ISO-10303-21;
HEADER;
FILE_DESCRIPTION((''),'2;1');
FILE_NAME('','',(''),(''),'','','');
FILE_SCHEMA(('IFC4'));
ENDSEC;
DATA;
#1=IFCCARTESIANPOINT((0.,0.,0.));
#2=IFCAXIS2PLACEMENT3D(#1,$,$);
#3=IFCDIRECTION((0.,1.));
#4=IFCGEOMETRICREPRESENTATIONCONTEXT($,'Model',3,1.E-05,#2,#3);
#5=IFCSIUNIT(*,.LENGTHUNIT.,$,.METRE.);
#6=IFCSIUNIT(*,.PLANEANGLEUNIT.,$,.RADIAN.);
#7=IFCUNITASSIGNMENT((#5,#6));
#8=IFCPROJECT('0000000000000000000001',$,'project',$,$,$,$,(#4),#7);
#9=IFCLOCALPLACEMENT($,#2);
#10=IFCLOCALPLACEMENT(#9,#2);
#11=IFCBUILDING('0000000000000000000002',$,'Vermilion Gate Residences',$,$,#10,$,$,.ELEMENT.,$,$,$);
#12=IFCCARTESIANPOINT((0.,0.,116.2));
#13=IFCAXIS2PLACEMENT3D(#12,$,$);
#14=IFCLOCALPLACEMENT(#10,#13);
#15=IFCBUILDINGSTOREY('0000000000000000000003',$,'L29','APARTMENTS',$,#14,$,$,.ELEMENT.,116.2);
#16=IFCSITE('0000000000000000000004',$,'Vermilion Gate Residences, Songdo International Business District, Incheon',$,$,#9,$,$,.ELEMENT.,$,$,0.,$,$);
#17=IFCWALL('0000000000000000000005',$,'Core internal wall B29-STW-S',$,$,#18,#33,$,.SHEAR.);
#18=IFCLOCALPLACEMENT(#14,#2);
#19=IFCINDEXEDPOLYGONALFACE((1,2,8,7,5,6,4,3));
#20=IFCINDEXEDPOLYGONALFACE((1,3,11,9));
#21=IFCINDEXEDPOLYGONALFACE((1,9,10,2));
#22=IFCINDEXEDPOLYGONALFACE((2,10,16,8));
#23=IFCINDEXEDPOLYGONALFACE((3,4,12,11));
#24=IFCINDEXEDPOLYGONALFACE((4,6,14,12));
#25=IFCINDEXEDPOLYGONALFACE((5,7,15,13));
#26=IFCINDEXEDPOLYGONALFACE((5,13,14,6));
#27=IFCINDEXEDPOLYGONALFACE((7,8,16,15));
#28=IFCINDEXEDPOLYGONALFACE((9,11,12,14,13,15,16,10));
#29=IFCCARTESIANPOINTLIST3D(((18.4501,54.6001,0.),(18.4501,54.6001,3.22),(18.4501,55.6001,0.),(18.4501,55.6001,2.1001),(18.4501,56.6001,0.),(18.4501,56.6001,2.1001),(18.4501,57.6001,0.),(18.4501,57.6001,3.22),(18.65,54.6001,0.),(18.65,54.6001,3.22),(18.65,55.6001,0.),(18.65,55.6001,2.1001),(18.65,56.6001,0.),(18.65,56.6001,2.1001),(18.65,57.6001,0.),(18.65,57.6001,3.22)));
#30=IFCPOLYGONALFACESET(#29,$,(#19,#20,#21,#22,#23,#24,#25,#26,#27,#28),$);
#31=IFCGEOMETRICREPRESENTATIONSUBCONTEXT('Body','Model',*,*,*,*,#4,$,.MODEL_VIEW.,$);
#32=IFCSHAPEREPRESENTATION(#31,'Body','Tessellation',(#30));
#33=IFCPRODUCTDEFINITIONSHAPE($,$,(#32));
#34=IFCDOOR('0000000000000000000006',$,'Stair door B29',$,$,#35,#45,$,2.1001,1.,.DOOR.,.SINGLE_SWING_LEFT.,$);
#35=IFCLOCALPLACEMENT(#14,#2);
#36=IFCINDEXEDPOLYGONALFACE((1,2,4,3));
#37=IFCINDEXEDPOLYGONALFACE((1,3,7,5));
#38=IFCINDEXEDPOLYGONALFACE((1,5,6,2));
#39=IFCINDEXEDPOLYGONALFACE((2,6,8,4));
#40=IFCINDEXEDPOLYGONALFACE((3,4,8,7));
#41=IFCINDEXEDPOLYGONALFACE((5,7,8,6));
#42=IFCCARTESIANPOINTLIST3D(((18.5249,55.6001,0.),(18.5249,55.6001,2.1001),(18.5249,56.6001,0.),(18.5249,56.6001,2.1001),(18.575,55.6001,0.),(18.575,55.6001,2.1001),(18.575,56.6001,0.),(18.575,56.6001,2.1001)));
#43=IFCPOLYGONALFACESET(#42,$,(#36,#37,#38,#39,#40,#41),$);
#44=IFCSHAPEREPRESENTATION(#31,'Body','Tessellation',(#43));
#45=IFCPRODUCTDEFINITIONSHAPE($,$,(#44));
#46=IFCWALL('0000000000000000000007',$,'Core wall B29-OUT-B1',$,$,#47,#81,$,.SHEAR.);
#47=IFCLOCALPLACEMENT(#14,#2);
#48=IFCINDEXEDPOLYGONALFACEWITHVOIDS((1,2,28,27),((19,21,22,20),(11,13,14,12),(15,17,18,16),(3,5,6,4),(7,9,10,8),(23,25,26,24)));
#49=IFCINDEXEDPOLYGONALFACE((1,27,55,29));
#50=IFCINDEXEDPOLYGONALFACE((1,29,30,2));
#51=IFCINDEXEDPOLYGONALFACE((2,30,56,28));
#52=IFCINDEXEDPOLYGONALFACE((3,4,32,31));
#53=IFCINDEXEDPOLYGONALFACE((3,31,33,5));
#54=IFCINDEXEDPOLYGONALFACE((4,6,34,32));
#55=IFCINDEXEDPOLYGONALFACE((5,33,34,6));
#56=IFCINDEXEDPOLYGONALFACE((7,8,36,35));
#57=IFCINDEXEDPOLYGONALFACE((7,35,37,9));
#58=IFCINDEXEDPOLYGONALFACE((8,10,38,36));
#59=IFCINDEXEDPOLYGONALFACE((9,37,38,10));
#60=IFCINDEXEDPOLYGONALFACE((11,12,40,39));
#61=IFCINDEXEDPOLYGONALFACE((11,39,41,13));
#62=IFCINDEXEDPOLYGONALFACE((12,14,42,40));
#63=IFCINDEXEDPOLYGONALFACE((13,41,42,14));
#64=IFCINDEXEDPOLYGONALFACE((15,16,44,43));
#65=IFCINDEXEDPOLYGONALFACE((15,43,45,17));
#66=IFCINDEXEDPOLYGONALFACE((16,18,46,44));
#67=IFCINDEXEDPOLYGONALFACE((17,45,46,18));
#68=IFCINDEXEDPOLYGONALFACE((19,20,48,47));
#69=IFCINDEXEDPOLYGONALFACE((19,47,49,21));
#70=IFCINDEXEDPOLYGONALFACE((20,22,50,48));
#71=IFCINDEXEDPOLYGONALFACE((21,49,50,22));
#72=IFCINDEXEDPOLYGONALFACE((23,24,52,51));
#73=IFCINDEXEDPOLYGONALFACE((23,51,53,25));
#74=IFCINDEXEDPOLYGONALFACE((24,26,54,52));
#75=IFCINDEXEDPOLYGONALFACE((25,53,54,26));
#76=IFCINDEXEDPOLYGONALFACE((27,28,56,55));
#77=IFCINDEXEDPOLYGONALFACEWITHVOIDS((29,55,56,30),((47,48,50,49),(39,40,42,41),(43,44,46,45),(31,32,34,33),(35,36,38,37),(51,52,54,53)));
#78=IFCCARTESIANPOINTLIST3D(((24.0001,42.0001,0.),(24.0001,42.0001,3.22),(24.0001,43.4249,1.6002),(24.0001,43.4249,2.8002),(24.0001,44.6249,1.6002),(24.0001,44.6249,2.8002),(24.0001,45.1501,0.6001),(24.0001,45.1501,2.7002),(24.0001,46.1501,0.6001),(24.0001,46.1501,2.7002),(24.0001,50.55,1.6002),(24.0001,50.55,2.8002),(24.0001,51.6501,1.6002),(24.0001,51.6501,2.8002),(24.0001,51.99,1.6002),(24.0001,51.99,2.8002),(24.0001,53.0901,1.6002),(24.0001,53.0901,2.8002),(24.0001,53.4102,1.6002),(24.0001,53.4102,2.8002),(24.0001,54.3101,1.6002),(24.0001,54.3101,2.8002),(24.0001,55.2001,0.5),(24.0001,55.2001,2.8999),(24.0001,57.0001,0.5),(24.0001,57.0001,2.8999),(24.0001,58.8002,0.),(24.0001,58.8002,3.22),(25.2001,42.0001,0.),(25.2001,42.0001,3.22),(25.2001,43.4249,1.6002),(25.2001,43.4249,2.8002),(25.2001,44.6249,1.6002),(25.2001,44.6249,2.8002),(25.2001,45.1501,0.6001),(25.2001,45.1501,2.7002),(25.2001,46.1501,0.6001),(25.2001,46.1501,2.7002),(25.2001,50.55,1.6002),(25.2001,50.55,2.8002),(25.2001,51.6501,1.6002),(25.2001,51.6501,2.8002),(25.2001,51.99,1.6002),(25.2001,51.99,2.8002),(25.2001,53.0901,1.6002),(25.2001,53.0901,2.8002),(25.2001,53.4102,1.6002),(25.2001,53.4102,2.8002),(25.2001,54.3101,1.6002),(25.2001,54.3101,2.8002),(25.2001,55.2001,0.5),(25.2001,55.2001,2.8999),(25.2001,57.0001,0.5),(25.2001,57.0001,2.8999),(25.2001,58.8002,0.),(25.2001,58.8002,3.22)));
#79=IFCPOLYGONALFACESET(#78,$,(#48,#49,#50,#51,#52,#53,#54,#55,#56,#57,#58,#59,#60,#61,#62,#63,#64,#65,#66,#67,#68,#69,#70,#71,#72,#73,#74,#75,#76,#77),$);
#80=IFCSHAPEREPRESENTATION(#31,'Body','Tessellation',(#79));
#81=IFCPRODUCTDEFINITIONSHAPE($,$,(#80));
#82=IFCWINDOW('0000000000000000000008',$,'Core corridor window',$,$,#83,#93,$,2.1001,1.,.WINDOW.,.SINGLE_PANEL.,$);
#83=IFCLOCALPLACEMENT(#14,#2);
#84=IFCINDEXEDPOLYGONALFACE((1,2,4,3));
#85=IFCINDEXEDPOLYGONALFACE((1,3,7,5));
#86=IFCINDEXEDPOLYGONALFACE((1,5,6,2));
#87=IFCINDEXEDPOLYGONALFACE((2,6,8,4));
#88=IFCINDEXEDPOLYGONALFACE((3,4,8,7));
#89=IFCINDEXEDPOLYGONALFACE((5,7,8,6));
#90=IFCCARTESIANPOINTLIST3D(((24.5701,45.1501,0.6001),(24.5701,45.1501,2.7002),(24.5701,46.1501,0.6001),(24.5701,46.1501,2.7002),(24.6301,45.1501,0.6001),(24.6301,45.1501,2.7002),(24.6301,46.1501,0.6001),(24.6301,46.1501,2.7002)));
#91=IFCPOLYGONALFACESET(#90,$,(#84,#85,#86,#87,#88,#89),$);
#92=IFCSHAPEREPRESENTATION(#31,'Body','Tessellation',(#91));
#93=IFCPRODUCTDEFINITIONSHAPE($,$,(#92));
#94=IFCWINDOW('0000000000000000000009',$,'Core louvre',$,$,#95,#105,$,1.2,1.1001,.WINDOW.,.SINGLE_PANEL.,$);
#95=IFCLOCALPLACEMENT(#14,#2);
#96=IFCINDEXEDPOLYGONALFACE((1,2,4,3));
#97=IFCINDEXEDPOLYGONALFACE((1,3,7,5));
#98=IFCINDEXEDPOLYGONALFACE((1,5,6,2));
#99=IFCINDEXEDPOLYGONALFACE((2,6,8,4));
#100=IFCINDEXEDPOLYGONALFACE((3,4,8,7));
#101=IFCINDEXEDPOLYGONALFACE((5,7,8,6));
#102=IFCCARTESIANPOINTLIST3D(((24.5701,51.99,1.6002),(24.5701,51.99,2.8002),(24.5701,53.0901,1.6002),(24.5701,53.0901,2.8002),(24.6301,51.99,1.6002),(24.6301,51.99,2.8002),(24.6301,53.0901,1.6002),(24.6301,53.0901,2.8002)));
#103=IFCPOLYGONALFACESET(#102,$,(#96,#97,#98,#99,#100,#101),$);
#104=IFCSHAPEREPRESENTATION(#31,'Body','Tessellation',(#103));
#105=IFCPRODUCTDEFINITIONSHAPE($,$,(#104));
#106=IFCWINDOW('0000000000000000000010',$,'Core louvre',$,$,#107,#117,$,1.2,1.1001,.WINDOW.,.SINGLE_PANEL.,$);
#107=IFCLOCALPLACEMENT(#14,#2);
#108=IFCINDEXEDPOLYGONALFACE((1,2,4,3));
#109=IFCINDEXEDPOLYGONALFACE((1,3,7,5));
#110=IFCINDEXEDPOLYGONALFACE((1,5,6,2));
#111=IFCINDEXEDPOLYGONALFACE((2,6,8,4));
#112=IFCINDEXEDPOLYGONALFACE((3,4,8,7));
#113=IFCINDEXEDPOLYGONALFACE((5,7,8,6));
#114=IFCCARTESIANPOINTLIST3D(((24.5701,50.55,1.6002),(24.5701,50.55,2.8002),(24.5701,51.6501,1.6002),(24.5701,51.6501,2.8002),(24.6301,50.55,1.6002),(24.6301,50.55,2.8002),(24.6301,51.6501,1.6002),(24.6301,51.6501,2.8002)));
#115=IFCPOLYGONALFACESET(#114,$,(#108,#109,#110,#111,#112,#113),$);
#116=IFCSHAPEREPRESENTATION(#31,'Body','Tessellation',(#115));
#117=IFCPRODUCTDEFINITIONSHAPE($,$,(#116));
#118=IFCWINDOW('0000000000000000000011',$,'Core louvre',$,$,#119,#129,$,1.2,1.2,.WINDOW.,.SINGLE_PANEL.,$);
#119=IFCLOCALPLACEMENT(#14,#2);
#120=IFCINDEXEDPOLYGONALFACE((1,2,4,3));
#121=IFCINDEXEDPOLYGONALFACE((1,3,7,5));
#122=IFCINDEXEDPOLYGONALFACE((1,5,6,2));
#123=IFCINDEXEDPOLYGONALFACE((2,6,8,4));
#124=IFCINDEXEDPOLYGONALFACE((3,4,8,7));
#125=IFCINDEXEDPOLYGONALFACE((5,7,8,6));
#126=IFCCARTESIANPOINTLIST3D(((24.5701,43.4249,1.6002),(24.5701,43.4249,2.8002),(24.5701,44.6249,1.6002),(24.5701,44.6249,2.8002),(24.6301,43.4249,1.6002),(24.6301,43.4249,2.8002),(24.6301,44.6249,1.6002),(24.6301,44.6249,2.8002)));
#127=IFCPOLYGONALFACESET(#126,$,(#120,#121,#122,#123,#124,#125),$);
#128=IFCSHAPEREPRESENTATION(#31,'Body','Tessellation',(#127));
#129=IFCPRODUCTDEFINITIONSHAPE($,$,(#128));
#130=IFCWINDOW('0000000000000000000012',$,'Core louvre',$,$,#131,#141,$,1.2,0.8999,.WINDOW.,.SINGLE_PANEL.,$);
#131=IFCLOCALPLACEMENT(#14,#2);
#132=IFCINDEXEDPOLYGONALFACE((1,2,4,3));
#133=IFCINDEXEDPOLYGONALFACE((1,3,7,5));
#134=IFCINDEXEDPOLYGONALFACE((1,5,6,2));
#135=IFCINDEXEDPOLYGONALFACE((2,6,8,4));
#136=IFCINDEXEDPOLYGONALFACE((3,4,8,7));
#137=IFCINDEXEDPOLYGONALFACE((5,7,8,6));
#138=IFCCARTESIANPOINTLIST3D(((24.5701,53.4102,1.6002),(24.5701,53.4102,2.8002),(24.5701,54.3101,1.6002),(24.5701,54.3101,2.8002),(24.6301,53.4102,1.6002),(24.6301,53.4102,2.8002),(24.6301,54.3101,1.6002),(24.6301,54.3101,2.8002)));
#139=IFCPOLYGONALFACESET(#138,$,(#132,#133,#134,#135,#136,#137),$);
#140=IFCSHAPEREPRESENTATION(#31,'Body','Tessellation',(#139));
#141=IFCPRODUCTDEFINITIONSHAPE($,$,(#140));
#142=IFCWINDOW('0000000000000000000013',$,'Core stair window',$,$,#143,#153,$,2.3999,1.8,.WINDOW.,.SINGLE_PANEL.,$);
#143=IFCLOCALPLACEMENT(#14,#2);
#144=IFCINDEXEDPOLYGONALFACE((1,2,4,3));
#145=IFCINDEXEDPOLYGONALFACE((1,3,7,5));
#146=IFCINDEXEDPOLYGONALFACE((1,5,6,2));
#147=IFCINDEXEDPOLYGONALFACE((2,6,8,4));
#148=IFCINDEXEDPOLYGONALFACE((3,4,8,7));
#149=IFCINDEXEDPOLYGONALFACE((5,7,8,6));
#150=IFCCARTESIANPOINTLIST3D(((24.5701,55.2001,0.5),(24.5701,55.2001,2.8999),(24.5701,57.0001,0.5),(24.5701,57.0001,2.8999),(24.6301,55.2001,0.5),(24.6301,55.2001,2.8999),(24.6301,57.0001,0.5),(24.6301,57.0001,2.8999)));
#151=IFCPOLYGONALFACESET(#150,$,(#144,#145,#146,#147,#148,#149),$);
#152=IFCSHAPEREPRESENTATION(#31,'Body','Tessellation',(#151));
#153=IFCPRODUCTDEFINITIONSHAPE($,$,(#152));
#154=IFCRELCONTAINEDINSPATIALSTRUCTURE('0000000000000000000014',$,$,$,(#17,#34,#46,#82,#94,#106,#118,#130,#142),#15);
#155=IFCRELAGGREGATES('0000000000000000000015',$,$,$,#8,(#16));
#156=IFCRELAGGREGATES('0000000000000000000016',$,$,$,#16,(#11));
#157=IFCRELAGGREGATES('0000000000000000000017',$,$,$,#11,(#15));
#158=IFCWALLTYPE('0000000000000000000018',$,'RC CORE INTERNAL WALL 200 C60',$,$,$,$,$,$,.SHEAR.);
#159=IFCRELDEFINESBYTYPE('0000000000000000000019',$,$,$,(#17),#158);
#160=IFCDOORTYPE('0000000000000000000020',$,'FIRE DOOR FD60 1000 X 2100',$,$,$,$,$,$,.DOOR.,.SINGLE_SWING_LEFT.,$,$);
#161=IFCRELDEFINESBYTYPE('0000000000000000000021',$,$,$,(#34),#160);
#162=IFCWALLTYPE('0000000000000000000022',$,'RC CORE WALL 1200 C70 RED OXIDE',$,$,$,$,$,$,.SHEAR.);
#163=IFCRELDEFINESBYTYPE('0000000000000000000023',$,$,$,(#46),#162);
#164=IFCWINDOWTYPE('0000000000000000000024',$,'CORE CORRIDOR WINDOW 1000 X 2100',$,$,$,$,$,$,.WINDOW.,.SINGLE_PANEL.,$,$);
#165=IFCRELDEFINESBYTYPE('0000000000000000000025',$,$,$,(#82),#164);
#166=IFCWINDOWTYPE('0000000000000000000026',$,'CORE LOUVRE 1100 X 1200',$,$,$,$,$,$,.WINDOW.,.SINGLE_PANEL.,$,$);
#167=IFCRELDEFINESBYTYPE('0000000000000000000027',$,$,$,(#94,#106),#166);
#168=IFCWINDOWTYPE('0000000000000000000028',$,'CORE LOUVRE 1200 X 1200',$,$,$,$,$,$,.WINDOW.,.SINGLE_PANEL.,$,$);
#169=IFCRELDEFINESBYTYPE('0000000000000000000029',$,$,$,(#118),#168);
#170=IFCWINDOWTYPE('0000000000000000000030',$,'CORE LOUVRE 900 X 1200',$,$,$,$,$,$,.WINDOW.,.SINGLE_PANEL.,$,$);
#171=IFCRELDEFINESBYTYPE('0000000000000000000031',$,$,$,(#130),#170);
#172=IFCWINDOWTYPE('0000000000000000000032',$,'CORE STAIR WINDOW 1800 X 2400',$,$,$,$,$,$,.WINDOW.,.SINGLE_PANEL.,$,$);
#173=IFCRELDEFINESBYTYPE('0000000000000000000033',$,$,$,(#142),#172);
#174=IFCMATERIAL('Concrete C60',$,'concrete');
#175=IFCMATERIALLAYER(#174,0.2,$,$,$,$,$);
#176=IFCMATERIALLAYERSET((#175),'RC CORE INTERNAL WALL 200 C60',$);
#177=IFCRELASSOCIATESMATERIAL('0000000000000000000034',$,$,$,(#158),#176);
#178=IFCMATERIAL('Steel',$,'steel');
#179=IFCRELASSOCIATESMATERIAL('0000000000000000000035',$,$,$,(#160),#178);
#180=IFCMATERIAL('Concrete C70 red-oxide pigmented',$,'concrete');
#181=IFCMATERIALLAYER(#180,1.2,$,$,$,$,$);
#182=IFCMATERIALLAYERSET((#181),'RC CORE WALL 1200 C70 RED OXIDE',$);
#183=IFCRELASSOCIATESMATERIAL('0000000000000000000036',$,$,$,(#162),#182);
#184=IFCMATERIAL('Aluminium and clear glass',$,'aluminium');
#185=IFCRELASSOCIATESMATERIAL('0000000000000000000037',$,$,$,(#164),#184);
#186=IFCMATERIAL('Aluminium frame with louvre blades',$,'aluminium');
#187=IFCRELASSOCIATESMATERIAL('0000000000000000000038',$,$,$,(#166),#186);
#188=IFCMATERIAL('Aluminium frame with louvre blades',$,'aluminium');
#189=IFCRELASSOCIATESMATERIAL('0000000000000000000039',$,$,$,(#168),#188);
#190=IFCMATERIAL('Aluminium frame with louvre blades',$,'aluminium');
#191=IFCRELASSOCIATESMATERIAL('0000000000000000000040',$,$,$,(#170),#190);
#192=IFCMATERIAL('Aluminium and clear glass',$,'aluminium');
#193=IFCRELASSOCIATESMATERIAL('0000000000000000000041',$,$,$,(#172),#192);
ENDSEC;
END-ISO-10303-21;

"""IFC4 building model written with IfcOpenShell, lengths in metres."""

from ifc_helpers import new_model, si_unit, direction, frame, frame_2d, origin, place, context, subcontext, project, spatial, rectangle, extrude, material, layer, layer_set, type_object, element, fill, save


model = new_model("IFC4")

# Units and contexts
model_context = context("Model", 3, precision=1e-05, world=origin(), true_north=direction((0.0, 1.0)))
body_context = subcontext(model_context, "Body", "Model", "MODEL_VIEW")
ifc_project = project(units=[si_unit("LENGTHUNIT", "METRE"), si_unit("PLANEANGLEUNIT", "RADIAN")], contexts=[model_context])

# Site, building, storey
site_placement = place(None, origin())
site = spatial("IfcSite", under=ifc_project, at=site_placement, Name="Vermilion Gate Residences, Songdo International Business District, Incheon", CompositionType="ELEMENT", RefElevation=0.0)
building_placement = place(site_placement, origin())
building = spatial("IfcBuilding", under=site, at=building_placement, Name="Vermilion Gate Residences", CompositionType="ELEMENT")
storey_placement = place(building_placement, frame((0.0, 0.0, 116.2)))
storey = spatial("IfcBuildingStorey", under=building, at=storey_placement, Name="L29", Description="APARTMENTS", CompositionType="ELEMENT", Elevation=116.2)

# Wall, opening, door
ifc_material_1 = material(Name="Concrete C60", Category="concrete")
ifc_layer_1 = layer(ifc_material_1, 0.2)
ifc_layer_set_1 = layer_set([ifc_layer_1], Name="RC CORE INTERNAL WALL 200 C60")
wall_type_1 = type_object("IfcWallType", Name="RC CORE INTERNAL WALL 200 C60", PredefinedType="SHEAR", material=ifc_layer_set_1)
wall_1_placement = place(storey_placement, frame((18.55, 57.6001, 0.0), z_axis=(0.0, 0.0, 1.0), x_axis=(0.0, -1.0, 0.0)))
wall_1 = element("IfcWall", 1, at=wall_1_placement, inside=storey, type_object=wall_type_1, Name="Core internal wall B29-STW-S", PredefinedType="SHEAR", context=body_context, shape_type="SweptSolid", body=[
    extrude(rectangle(XDim=3.0, YDim=0.2, at=frame_2d((1.5, 0.0))), origin(), (0.0, 0.0, 1.0), 3.22),
])
opening_1_placement = place(wall_1_placement, frame((1.0, 0.0, 0.0)))
opening_1 = element("IfcOpeningElement", 2, at=opening_1_placement, cuts=wall_1, PredefinedType="OPENING", context=body_context, shape_type="SweptSolid", body=[
    extrude(rectangle(XDim=1.0, YDim=2.1001, at=frame_2d((0.5, 1.05))), frame((0.0, 0.1099, 0.0), z_axis=(0.0, -1.0, 0.0), x_axis=(1.0, 0.0, 0.0)), (0.0, 0.0, 1.0), 0.22),
])
ifc_material_2 = material(Name="Steel", Category="steel")
door_type = type_object("IfcDoorType", Name="FIRE DOOR FD60 1000 X 2100", OperationType="SINGLE_SWING_LEFT", PredefinedType="DOOR", material=ifc_material_2)
door_placement = place(opening_1_placement, origin())
door = element("IfcDoor", 3, at=door_placement, inside=storey, type_object=door_type, Name="Stair door B29", OperationType="SINGLE_SWING_LEFT", OverallHeight=2.1001, OverallWidth=1.0, PredefinedType="DOOR", context=body_context, shape_type="SweptSolid", body=[
    extrude(rectangle(XDim=1.0, YDim=2.1001, at=frame_2d((0.5, 1.05))), frame((0.0, 0.0249, 0.0), z_axis=(0.0, -1.0, 0.0), x_axis=(1.0, 0.0, 0.0)), (0.0, 0.0, 1.0), 0.05),
])
fill(opening_1, door)

# Wall, openings, windows
ifc_material_3 = material(Name="Concrete C70 red-oxide pigmented", Category="concrete")
ifc_layer_2 = layer(ifc_material_3, 1.2)
ifc_layer_set_2 = layer_set([ifc_layer_2], Name="RC CORE WALL 1200 C70 RED OXIDE")
wall_type_2 = type_object("IfcWallType", Name="RC CORE WALL 1200 C70 RED OXIDE", PredefinedType="SHEAR", material=ifc_layer_set_2)
wall_2_placement = place(storey_placement, frame((24.6001, 58.8, 0.0), z_axis=(0.0, 0.0, 1.0), x_axis=(0.0, -1.0, 0.0)))
wall_2 = element("IfcWall", 4, at=wall_2_placement, inside=storey, type_object=wall_type_2, Name="Core wall B29-OUT-B1", PredefinedType="SHEAR", context=body_context, shape_type="SweptSolid", body=[
    extrude(rectangle(XDim=16.8, YDim=1.2, at=frame_2d((8.3999, 0.0))), origin(), (0.0, 0.0, 1.0), 3.22),
])
opening_2_placement = place(wall_2_placement, frame((1.8, 0.0, 0.5)))
opening_2 = element("IfcOpeningElement", 5, at=opening_2_placement, cuts=wall_2, PredefinedType="OPENING", context=body_context, shape_type="SweptSolid", body=[
    extrude(rectangle(XDim=1.8, YDim=2.3999, at=frame_2d((0.8999, 1.2))), frame((0.0, 0.6099, 0.0), z_axis=(0.0, -1.0, 0.0), x_axis=(1.0, 0.0, 0.0)), (0.0, 0.0, 1.0), 1.22),
])
opening_3_placement = place(wall_2_placement, frame((4.49, 0.0, 1.6001)))
opening_3 = element("IfcOpeningElement", 6, at=opening_3_placement, cuts=wall_2, PredefinedType="OPENING", context=body_context, shape_type="SweptSolid", body=[
    extrude(rectangle(XDim=0.8999, YDim=1.2, at=frame_2d((0.45, 0.6001))), frame((0.0, 0.6099, 0.0), z_axis=(0.0, -1.0, 0.0), x_axis=(1.0, 0.0, 0.0)), (0.0, 0.0, 1.0), 1.22),
])
opening_4_placement = place(wall_2_placement, frame((5.71, 0.0, 1.6001)))
opening_4 = element("IfcOpeningElement", 7, at=opening_4_placement, cuts=wall_2, PredefinedType="OPENING", context=body_context, shape_type="SweptSolid", body=[
    extrude(rectangle(XDim=1.1001, YDim=1.2, at=frame_2d((0.55, 0.6001))), frame((0.0, 0.6099, 0.0), z_axis=(0.0, -1.0, 0.0), x_axis=(1.0, 0.0, 0.0)), (0.0, 0.0, 1.0), 1.22),
])
opening_5_placement = place(wall_2_placement, frame((7.1499, 0.0, 1.6001)))
opening_5 = element("IfcOpeningElement", 8, at=opening_5_placement, cuts=wall_2, PredefinedType="OPENING", context=body_context, shape_type="SweptSolid", body=[
    extrude(rectangle(XDim=1.1001, YDim=1.2, at=frame_2d((0.55, 0.6001))), frame((0.0, 0.6099, 0.0), z_axis=(0.0, -1.0, 0.0), x_axis=(1.0, 0.0, 0.0)), (0.0, 0.0, 1.0), 1.22),
])
opening_6_placement = place(wall_2_placement, frame((12.6499, 0.0, 0.6001)))
opening_6 = element("IfcOpeningElement", 9, at=opening_6_placement, cuts=wall_2, PredefinedType="OPENING", context=body_context, shape_type="SweptSolid", body=[
    extrude(rectangle(XDim=1.0, YDim=2.1001, at=frame_2d((0.5, 1.05))), frame((0.0, 0.6099, 0.0), z_axis=(0.0, -1.0, 0.0), x_axis=(1.0, 0.0, 0.0)), (0.0, 0.0, 1.0), 1.22),
])
opening_7_placement = place(wall_2_placement, frame((14.175, 0.0, 1.6001)))
opening_7 = element("IfcOpeningElement", 10, at=opening_7_placement, cuts=wall_2, PredefinedType="OPENING", context=body_context, shape_type="SweptSolid", body=[
    extrude(rectangle(XDim=1.2, YDim=1.2, at=frame_2d((0.6001, 0.6001))), frame((0.0, 0.6099, 0.0), z_axis=(0.0, -1.0, 0.0), x_axis=(1.0, 0.0, 0.0)), (0.0, 0.0, 1.0), 1.22),
])
ifc_material_4 = material(Name="Aluminium and clear glass", Category="aluminium")
window_type_1 = type_object("IfcWindowType", Name="CORE CORRIDOR WINDOW 1000 X 2100", PartitioningType="SINGLE_PANEL", PredefinedType="WINDOW", material=ifc_material_4)
window_1_placement = place(opening_6_placement, origin())
window_1 = element("IfcWindow", 11, at=window_1_placement, inside=storey, type_object=window_type_1, Name="Core corridor window", OverallHeight=2.1001, OverallWidth=1.0, PartitioningType="SINGLE_PANEL", PredefinedType="WINDOW", context=body_context, shape_type="SweptSolid", body=[
    extrude(rectangle(XDim=1.0, YDim=2.1001, at=frame_2d((0.5, 1.05))), frame((0.0, 0.03, 0.0), z_axis=(0.0, -1.0, 0.0), x_axis=(1.0, 0.0, 0.0)), (0.0, 0.0, 1.0), 0.0601),
])
fill(opening_6, window_1)
ifc_material_5 = material(Name="Aluminium frame with louvre blades", Category="aluminium")
window_type_2 = type_object("IfcWindowType", Name="CORE LOUVRE 1100 X 1200", PartitioningType="SINGLE_PANEL", PredefinedType="WINDOW", material=ifc_material_5)
window_2_placement = place(opening_4_placement, origin())
window_2 = element("IfcWindow", 12, at=window_2_placement, inside=storey, type_object=window_type_2, Name="Core louvre", OverallHeight=1.2, OverallWidth=1.1001, PartitioningType="SINGLE_PANEL", PredefinedType="WINDOW", context=body_context, shape_type="SweptSolid", body=[
    extrude(rectangle(XDim=1.1001, YDim=1.2, at=frame_2d((0.55, 0.6001))), frame((0.0, 0.03, 0.0), z_axis=(0.0, -1.0, 0.0), x_axis=(1.0, 0.0, 0.0)), (0.0, 0.0, 1.0), 0.0601),
])
fill(opening_4, window_2)
window_3_placement = place(opening_5_placement, origin())
window_3 = element("IfcWindow", 13, at=window_3_placement, inside=storey, type_object=window_type_2, Name="Core louvre", OverallHeight=1.2, OverallWidth=1.1001, PartitioningType="SINGLE_PANEL", PredefinedType="WINDOW", context=body_context, shape_type="SweptSolid", body=[
    extrude(rectangle(XDim=1.1001, YDim=1.2, at=frame_2d((0.55, 0.6001))), frame((0.0, 0.03, 0.0), z_axis=(0.0, -1.0, 0.0), x_axis=(1.0, 0.0, 0.0)), (0.0, 0.0, 1.0), 0.0601),
])
fill(opening_5, window_3)
ifc_material_6 = material(Name="Aluminium frame with louvre blades", Category="aluminium")
window_type_3 = type_object("IfcWindowType", Name="CORE LOUVRE 1200 X 1200", PartitioningType="SINGLE_PANEL", PredefinedType="WINDOW", material=ifc_material_6)
window_4_placement = place(opening_7_placement, origin())
window_4 = element("IfcWindow", 14, at=window_4_placement, inside=storey, type_object=window_type_3, Name="Core louvre", OverallHeight=1.2, OverallWidth=1.2, PartitioningType="SINGLE_PANEL", PredefinedType="WINDOW", context=body_context, shape_type="SweptSolid", body=[
    extrude(rectangle(XDim=1.2, YDim=1.2, at=frame_2d((0.6001, 0.6001))), frame((0.0, 0.03, 0.0), z_axis=(0.0, -1.0, 0.0), x_axis=(1.0, 0.0, 0.0)), (0.0, 0.0, 1.0), 0.0601),
])
fill(opening_7, window_4)
ifc_material_7 = material(Name="Aluminium frame with louvre blades", Category="aluminium")
window_type_4 = type_object("IfcWindowType", Name="CORE LOUVRE 900 X 1200", PartitioningType="SINGLE_PANEL", PredefinedType="WINDOW", material=ifc_material_7)
window_5_placement = place(opening_3_placement, origin())
window_5 = element("IfcWindow", 15, at=window_5_placement, inside=storey, type_object=window_type_4, Name="Core louvre", OverallHeight=1.2, OverallWidth=0.8999, PartitioningType="SINGLE_PANEL", PredefinedType="WINDOW", context=body_context, shape_type="SweptSolid", body=[
    extrude(rectangle(XDim=0.8999, YDim=1.2, at=frame_2d((0.45, 0.6001))), frame((0.0, 0.03, 0.0), z_axis=(0.0, -1.0, 0.0), x_axis=(1.0, 0.0, 0.0)), (0.0, 0.0, 1.0), 0.0601),
])
fill(opening_3, window_5)
ifc_material_8 = material(Name="Aluminium and clear glass", Category="aluminium")
window_type_5 = type_object("IfcWindowType", Name="CORE STAIR WINDOW 1800 X 2400", PartitioningType="SINGLE_PANEL", PredefinedType="WINDOW", material=ifc_material_8)
window_6_placement = place(opening_2_placement, origin())
window_6 = element("IfcWindow", 16, at=window_6_placement, inside=storey, type_object=window_type_5, Name="Core stair window", OverallHeight=2.3999, OverallWidth=1.8, PartitioningType="SINGLE_PANEL", PredefinedType="WINDOW", context=body_context, shape_type="SweptSolid", body=[
    extrude(rectangle(XDim=1.8, YDim=2.3999, at=frame_2d((0.8999, 1.2))), frame((0.0, 0.03, 0.0), z_axis=(0.0, -1.0, 0.0), x_axis=(1.0, 0.0, 0.0)), (0.0, 0.0, 1.0), 0.0601),
])
fill(opening_2, window_6)

save(model, "model.ifc")
